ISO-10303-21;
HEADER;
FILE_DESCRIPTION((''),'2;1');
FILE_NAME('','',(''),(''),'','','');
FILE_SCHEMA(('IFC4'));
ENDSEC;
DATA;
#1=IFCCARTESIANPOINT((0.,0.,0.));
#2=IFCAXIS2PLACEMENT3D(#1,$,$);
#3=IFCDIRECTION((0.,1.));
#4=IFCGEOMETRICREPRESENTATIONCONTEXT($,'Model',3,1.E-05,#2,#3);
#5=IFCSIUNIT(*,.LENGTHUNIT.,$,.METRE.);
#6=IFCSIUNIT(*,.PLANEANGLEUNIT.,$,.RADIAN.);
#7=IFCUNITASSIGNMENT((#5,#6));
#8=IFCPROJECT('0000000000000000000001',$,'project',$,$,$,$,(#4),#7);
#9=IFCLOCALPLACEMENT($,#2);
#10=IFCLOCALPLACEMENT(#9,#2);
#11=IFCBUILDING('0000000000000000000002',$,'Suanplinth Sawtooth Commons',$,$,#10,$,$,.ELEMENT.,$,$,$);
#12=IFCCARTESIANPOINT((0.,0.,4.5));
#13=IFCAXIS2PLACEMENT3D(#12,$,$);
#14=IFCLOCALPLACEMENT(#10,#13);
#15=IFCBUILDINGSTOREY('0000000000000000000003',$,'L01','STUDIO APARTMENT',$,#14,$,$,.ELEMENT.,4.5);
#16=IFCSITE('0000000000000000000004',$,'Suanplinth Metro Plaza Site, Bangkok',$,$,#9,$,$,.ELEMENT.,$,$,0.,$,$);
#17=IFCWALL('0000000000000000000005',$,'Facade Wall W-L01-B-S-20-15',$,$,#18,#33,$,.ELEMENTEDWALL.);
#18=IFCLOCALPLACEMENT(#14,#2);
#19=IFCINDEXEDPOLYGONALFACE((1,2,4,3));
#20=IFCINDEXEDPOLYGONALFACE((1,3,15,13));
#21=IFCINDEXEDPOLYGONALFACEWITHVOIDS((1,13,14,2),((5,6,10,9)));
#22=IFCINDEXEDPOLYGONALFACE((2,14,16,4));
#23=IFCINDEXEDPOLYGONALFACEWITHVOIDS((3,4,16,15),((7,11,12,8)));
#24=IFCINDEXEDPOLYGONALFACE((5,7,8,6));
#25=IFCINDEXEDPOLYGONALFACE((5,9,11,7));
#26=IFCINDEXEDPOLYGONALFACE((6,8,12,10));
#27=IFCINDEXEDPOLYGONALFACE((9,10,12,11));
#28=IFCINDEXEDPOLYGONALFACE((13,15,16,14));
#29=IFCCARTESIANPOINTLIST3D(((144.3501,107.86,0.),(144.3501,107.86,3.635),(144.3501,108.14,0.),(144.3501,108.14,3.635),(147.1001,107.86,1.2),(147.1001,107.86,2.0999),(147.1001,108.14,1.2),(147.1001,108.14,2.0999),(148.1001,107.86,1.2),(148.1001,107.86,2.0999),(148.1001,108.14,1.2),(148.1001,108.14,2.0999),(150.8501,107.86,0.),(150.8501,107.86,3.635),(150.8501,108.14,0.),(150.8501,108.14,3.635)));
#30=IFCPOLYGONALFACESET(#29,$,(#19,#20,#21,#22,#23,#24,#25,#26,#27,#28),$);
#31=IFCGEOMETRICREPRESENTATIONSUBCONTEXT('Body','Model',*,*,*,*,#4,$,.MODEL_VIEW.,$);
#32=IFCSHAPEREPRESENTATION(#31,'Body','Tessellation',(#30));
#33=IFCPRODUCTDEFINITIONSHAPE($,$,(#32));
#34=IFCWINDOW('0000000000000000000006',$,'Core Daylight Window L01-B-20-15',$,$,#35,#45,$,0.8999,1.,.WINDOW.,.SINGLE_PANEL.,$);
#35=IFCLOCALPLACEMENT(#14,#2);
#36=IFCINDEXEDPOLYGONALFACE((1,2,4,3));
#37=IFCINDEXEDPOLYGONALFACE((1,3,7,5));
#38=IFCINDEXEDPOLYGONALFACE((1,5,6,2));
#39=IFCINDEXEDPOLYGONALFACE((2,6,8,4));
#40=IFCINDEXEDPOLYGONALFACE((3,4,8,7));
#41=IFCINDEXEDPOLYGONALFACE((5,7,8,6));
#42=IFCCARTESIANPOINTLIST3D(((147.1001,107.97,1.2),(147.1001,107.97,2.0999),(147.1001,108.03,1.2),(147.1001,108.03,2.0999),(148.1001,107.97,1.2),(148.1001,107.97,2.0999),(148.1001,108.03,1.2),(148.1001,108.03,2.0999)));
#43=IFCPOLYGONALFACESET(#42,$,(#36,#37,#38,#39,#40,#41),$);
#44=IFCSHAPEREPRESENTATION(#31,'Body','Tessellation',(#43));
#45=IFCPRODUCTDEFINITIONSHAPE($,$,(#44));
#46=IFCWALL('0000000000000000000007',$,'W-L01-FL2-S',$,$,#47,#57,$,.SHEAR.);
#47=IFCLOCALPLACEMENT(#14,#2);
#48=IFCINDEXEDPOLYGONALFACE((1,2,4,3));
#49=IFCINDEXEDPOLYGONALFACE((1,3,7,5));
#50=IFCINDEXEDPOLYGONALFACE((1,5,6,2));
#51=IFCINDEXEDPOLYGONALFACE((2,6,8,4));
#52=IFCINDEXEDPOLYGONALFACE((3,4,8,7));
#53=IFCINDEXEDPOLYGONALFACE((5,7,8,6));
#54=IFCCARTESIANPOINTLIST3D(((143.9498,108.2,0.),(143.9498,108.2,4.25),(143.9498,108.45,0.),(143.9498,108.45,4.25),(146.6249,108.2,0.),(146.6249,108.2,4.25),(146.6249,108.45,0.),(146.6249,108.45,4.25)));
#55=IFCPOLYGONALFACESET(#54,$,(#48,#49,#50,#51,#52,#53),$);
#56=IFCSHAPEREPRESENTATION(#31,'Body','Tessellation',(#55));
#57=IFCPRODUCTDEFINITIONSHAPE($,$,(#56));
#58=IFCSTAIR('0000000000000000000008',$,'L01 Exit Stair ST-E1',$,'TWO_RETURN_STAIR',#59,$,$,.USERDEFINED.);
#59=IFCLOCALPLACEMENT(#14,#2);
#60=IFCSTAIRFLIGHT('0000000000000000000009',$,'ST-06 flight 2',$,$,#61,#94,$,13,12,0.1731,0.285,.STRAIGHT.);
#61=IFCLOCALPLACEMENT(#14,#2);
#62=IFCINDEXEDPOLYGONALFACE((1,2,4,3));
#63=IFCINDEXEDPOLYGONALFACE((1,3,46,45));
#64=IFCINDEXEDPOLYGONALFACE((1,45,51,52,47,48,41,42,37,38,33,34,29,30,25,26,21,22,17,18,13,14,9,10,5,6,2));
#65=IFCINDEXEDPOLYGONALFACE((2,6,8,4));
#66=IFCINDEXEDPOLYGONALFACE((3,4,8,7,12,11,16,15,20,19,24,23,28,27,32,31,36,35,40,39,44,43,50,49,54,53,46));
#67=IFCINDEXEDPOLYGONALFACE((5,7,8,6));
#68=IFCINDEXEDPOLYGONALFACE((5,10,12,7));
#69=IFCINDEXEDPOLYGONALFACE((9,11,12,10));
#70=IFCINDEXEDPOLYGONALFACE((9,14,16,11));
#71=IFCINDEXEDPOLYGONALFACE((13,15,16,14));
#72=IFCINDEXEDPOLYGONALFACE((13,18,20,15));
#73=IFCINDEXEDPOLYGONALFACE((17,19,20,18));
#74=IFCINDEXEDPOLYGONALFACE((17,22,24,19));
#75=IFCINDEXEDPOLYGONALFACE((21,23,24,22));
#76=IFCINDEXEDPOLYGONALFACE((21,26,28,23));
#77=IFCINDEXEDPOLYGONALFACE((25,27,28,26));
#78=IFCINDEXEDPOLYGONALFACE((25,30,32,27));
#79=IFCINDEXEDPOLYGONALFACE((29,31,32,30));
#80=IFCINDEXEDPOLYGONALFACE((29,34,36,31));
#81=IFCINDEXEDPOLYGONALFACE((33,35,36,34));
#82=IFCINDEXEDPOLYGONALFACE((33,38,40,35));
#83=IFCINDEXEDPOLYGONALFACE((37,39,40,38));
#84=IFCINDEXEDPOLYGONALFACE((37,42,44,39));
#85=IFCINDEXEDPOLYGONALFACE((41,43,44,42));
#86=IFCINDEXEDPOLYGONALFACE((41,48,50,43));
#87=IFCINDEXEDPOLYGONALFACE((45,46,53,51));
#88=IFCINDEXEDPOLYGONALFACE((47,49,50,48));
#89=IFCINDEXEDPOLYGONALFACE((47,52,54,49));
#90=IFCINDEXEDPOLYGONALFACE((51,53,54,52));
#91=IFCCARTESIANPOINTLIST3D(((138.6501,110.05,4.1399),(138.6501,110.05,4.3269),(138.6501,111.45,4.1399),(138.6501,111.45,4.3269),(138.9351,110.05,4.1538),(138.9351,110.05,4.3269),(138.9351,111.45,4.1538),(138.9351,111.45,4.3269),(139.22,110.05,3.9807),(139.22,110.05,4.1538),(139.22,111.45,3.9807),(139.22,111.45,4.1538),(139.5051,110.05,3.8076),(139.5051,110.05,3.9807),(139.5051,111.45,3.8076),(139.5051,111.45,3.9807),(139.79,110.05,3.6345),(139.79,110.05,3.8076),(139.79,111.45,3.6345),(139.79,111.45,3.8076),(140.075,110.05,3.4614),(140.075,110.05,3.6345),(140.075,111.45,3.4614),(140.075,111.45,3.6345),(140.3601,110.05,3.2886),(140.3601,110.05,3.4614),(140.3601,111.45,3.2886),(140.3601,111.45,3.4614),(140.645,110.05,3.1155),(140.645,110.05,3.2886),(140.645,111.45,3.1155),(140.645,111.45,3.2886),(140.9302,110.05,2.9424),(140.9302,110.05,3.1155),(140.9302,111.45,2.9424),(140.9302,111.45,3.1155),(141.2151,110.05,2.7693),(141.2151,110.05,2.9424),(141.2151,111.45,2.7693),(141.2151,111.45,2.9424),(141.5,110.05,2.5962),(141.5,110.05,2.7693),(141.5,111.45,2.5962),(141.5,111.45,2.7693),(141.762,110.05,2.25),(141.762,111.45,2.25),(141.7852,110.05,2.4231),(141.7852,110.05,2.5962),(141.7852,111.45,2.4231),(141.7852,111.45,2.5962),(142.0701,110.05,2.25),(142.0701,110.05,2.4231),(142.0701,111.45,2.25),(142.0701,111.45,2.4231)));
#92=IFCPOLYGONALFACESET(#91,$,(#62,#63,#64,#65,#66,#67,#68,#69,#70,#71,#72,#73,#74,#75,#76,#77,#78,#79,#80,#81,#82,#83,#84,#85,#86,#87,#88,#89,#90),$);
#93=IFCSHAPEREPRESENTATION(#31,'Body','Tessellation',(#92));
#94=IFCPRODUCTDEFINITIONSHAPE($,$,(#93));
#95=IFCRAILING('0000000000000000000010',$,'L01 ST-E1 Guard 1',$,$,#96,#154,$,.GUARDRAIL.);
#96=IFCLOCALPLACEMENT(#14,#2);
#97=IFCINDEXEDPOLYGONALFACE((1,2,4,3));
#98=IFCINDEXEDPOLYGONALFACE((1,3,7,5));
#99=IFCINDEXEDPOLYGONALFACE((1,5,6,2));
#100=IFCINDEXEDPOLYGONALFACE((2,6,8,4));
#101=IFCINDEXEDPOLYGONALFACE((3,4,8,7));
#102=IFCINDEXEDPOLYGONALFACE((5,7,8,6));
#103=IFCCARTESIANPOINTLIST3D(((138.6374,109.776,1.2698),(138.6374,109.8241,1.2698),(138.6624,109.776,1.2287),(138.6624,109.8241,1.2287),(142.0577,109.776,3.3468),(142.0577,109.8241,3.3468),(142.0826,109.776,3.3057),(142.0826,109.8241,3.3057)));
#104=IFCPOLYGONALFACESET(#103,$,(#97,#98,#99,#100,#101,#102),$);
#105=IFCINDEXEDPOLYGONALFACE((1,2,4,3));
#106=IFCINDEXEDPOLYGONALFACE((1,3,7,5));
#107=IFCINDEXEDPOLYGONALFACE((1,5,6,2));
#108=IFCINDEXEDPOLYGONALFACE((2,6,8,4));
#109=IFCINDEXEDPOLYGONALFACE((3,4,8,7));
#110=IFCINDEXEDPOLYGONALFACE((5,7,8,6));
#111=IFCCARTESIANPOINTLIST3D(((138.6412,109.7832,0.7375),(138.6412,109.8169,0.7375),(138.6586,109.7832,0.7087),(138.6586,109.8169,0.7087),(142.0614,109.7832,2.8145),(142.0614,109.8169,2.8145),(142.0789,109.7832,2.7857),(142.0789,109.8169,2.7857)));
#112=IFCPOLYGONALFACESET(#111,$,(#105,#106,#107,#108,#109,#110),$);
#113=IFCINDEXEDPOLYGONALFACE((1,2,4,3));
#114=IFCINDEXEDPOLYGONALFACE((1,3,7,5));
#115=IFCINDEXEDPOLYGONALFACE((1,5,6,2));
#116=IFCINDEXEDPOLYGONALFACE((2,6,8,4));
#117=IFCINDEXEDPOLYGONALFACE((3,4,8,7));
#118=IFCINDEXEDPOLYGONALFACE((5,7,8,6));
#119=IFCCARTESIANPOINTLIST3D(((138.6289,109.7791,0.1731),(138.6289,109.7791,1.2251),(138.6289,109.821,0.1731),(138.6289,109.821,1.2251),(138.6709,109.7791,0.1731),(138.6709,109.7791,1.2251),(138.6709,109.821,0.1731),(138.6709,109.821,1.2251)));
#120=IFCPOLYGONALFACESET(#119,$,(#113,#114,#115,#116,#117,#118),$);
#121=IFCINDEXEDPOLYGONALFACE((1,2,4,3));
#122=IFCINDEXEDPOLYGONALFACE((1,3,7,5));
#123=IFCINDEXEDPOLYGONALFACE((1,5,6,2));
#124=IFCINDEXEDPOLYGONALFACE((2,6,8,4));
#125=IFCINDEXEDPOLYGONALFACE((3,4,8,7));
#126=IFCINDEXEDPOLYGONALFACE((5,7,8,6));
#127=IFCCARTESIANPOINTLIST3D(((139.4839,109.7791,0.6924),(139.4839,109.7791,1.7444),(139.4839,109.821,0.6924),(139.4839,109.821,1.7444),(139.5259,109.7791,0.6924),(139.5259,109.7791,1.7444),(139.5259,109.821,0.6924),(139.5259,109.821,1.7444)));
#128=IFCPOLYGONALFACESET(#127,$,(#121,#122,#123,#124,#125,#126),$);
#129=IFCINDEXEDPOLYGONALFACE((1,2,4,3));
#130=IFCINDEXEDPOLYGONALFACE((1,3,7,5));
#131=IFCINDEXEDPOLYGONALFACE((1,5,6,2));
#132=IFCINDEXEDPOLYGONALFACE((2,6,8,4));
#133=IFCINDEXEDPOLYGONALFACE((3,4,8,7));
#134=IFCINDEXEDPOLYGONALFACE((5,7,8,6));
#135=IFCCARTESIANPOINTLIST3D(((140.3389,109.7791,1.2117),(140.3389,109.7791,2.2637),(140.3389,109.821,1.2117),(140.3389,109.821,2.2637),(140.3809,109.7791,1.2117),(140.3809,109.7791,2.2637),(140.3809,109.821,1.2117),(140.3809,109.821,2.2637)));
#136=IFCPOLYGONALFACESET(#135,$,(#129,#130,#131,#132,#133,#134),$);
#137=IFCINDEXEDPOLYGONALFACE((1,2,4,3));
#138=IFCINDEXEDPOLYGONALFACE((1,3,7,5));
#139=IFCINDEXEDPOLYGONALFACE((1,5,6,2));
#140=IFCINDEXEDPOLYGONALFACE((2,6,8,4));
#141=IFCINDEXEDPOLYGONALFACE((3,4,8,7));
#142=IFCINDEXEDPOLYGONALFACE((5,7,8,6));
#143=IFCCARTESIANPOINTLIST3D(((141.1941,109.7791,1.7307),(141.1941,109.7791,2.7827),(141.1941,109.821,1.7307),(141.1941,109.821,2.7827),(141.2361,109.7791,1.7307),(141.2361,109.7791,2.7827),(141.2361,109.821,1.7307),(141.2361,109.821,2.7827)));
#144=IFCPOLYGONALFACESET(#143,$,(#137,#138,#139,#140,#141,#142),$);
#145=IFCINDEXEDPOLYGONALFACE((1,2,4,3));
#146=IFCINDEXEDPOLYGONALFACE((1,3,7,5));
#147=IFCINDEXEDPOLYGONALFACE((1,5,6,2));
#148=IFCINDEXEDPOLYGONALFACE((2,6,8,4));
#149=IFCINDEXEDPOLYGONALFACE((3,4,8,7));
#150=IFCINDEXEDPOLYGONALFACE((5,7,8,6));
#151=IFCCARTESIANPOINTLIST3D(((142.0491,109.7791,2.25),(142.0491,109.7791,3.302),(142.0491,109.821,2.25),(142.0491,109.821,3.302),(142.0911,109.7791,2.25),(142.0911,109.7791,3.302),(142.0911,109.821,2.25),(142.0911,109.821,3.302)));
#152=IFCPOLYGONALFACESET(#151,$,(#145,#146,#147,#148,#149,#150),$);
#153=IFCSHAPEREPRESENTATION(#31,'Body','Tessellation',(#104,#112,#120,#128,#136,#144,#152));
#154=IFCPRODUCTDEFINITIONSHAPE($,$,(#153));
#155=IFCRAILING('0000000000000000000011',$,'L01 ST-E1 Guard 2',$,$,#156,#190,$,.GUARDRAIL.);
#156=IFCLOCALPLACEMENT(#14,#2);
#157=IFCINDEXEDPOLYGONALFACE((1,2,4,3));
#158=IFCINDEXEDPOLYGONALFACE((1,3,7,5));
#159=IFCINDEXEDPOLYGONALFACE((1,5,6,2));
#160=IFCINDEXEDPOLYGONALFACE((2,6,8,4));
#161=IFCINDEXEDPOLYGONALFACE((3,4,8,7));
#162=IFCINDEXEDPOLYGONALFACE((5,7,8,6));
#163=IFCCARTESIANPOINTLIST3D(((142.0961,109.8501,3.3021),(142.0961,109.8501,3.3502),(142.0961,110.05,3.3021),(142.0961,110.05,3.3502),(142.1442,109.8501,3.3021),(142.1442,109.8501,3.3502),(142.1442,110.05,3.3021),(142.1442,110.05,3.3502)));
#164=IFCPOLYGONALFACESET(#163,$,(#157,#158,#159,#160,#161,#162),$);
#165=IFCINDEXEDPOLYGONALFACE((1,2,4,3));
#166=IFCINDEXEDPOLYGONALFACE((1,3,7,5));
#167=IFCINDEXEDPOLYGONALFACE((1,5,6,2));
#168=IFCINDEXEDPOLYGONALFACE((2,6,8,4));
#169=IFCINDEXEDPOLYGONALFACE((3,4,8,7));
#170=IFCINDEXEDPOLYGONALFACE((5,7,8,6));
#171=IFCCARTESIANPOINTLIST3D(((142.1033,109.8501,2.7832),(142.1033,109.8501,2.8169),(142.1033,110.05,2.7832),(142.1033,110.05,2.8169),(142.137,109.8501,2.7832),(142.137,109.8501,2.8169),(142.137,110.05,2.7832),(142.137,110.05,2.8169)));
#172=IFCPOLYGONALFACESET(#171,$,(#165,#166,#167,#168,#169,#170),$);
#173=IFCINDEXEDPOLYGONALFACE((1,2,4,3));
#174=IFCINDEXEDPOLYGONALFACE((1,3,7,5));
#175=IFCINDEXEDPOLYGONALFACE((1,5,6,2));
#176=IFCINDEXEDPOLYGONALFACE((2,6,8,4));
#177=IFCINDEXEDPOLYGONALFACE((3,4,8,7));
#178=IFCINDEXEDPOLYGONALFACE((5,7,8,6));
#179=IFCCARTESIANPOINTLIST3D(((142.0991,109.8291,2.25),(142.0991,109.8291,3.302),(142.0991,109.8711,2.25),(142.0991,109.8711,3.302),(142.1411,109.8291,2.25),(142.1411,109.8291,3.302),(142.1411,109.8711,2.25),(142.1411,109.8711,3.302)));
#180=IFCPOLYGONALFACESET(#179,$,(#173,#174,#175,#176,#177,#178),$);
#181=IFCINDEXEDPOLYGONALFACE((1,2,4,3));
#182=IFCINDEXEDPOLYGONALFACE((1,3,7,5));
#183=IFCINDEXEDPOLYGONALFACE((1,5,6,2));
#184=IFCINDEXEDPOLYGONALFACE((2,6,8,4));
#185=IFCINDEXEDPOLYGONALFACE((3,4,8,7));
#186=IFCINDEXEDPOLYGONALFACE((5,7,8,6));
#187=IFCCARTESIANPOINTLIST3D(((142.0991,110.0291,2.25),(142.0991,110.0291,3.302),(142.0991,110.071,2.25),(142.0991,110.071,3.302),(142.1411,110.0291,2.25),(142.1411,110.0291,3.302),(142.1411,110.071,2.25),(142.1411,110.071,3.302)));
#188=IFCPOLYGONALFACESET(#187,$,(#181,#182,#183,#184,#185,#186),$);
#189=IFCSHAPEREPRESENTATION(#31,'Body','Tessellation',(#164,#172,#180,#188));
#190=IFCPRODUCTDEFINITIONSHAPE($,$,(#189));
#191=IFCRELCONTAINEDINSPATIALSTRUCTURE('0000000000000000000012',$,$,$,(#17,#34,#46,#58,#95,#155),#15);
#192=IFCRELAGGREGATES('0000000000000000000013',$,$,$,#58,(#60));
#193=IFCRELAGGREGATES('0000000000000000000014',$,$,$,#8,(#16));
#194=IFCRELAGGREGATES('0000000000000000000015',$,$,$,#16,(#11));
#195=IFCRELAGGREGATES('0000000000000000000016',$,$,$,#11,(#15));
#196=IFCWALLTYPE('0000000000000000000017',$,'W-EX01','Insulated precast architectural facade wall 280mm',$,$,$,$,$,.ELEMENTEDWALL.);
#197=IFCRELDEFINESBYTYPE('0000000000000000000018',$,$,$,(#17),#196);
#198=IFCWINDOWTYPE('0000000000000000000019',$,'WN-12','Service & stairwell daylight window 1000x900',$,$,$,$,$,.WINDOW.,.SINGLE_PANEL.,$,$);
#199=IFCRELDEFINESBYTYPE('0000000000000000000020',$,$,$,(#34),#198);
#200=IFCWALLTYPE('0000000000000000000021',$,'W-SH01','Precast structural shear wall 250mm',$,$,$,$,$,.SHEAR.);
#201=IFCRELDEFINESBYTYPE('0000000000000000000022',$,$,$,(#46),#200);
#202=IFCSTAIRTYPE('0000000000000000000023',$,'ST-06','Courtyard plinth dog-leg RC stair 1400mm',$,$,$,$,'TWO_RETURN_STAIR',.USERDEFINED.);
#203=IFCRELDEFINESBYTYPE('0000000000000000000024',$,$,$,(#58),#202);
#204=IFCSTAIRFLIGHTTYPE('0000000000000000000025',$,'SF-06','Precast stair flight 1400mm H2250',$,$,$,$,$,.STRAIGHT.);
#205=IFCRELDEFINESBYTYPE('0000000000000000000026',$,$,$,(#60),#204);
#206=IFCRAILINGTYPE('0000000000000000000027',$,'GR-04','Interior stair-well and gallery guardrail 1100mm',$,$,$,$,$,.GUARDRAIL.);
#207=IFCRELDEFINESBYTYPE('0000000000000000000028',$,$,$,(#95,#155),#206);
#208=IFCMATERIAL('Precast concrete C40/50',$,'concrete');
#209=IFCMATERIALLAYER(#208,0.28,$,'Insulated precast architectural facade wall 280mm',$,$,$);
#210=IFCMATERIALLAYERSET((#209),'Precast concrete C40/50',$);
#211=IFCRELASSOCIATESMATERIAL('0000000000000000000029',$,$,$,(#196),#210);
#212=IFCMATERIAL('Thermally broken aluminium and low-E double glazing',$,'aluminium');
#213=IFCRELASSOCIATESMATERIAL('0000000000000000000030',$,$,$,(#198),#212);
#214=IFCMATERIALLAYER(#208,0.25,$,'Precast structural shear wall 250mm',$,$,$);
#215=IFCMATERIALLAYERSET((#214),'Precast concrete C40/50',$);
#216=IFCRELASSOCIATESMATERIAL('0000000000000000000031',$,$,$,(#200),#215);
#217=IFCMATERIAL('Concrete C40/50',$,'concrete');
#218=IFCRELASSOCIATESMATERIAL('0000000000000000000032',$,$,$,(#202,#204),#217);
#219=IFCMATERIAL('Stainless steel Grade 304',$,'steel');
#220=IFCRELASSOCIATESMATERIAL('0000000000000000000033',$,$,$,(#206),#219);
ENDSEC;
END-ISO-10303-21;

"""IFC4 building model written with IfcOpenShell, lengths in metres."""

from ifc_helpers import new_model, si_unit, direction, frame, frame_2d, origin, origin_2d, place, context, subcontext, project, spatial, polyline, rectangle, outline, extrude, material, layer, layer_set, type_object, element, fill, aggregate, save


model = new_model("IFC4")

# Units and contexts
model_context = context("Model", 3, precision=1e-05, world=origin(), true_north=direction((0.0, 1.0)))
body_context = subcontext(model_context, "Body", "Model", "MODEL_VIEW")
ifc_project = project(units=[si_unit("LENGTHUNIT", "METRE"), si_unit("PLANEANGLEUNIT", "RADIAN")], contexts=[model_context])

# Site, building, storey
site_placement = place(None, origin())
site = spatial("IfcSite", under=ifc_project, at=site_placement, Name="Suanplinth Metro Plaza Site, Bangkok", CompositionType="ELEMENT", RefElevation=0.0)
building_placement = place(site_placement, origin())
building = spatial("IfcBuilding", under=site, at=building_placement, Name="Suanplinth Sawtooth Commons", CompositionType="ELEMENT")
storey_placement = place(building_placement, frame((0.0, 0.0, 4.5)))
storey = spatial("IfcBuildingStorey", under=building, at=storey_placement, Name="L01", Description="STUDIO APARTMENT", CompositionType="ELEMENT", Elevation=4.5)

# Shared definitions
ifc_material_1 = material(Name="Concrete C40/50", Category="concrete")

# Shared definitions
ifc_material_2 = material(Name="Precast concrete C40/50", Category="concrete")

# Wall, opening, window
ifc_layer_1 = layer(ifc_material_2, 0.28, Name="Insulated precast architectural facade wall 280mm")
ifc_layer_set_1 = layer_set([ifc_layer_1], Name="Precast concrete C40/50")
wall_type_1 = type_object("IfcWallType", Name="W-EX01", Description="Insulated precast architectural facade wall 280mm", PredefinedType="ELEMENTEDWALL", material=ifc_layer_set_1)
wall_1_placement = place(storey_placement, frame((144.3501, 108.0, 0.0), z_axis=(0.0, 0.0, 1.0), x_axis=(1.0, 0.0, 0.0)))
wall_1 = element("IfcWall", 1, at=wall_1_placement, inside=storey, type_object=wall_type_1, Name="Facade Wall W-L01-B-S-20-15", PredefinedType="ELEMENTEDWALL", context=body_context, shape_type="SweptSolid", body=[
    extrude(rectangle(XDim=6.5, YDim=0.28, at=frame_2d((3.25, 0.0))), origin(), (0.0, 0.0, 1.0), 3.635),
])
opening_placement = place(wall_1_placement, frame((2.75, 0.0, 1.2)))
opening = element("IfcOpeningElement", 2, at=opening_placement, cuts=wall_1, PredefinedType="OPENING", context=body_context, shape_type="SweptSolid", body=[
    extrude(rectangle(XDim=1.0, YDim=0.8999, at=frame_2d((0.5, 0.45))), frame((0.0, 0.1548, 0.0), z_axis=(0.0, -1.0, 0.0), x_axis=(1.0, 0.0, 0.0)), (0.0, 0.0, 1.0), 0.3098),
])
ifc_material_3 = material(Name="Thermally broken aluminium and low-E double glazing", Category="aluminium")
window_type = type_object("IfcWindowType", Name="WN-12", Description="Service & stairwell daylight window 1000x900", PartitioningType="SINGLE_PANEL", PredefinedType="WINDOW", material=ifc_material_3)
window_placement = place(opening_placement, origin())
window = element("IfcWindow", 3, at=window_placement, inside=storey, type_object=window_type, Name="Core Daylight Window L01-B-20-15", OverallHeight=0.8999, OverallWidth=1.0, PartitioningType="SINGLE_PANEL", PredefinedType="WINDOW", context=body_context, shape_type="SweptSolid", body=[
    extrude(rectangle(XDim=1.0, YDim=0.8999, at=frame_2d((0.5, 0.45))), frame((0.0, 0.03, 0.0), z_axis=(0.0, -1.0, 0.0), x_axis=(1.0, 0.0, 0.0)), (0.0, 0.0, 1.0), 0.0601),
])
fill(opening, window)

# Wall
ifc_layer_2 = layer(ifc_material_2, 0.25, Name="Precast structural shear wall 250mm")
ifc_layer_set_2 = layer_set([ifc_layer_2], Name="Precast concrete C40/50")
wall_type_2 = type_object("IfcWallType", Name="W-SH01", Description="Precast structural shear wall 250mm", PredefinedType="SHEAR", material=ifc_layer_set_2)
wall_2_placement = place(storey_placement, frame((143.95, 108.325, 0.0), z_axis=(0.0, 0.0, 1.0), x_axis=(1.0, 0.0, 0.0)))
element("IfcWall", 4, at=wall_2_placement, inside=storey, type_object=wall_type_2, Name="W-L01-FL2-S", PredefinedType="SHEAR", context=body_context, shape_type="SweptSolid", body=[
    extrude(rectangle(XDim=2.675, YDim=0.25, at=frame_2d((1.3374, 0.0))), origin(), (0.0, 0.0, 1.0), 4.25),
])

# Stair, stair flight
stair_type = type_object("IfcStairType", Name="ST-06", Description="Courtyard plinth dog-leg RC stair 1400mm", ElementType="TWO_RETURN_STAIR", PredefinedType="USERDEFINED", material=ifc_material_1)
stair_placement = place(storey_placement, origin())
stair = element("IfcStair", 5, at=stair_placement, inside=storey, type_object=stair_type, Name="L01 Exit Stair ST-E1", ObjectType="TWO_RETURN_STAIR", PredefinedType="USERDEFINED")
stair_flight_type = type_object("IfcStairFlightType", Name="SF-06", Description="Precast stair flight 1400mm H2250", PredefinedType="STRAIGHT", material=ifc_material_1)
stair_flight_placement = place(storey_placement, frame((142.0701, 110.75, 2.25), z_axis=(0.0, 0.0, 1.0), x_axis=(-1.0, 0.0, 0.0)))
stair_flight = element("IfcStairFlight", 6, at=stair_flight_placement, type_object=stair_flight_type, Name="ST-06 flight 2", NumberOfRisers=13, NumberOfTreads=12, PredefinedType="STRAIGHT", RiserHeight=0.1731, TreadLength=0.285, context=body_context, shape_type="SweptSolid", body=[
    extrude(outline(polyline([(0.0, 0.0), (0.0, 0.1731), (0.2849, 0.1731), (0.2849, 0.3462), (0.5701, 0.3462), (0.5701, 0.5193), (0.855, 0.5193), (0.855, 0.6924), (1.1399, 0.6924), (1.1399, 0.8655), (1.425, 0.8655), (1.425, 1.0386), (1.71, 1.0386), (1.71, 1.2114), (1.9951, 1.2114), (1.9951, 1.3845), (2.28, 1.3845), (2.28, 1.5576), (2.5649, 1.5576), (2.5649, 1.7307), (2.8501, 1.7307), (2.8501, 1.9038), (3.135, 1.9038), (3.135, 2.0769), (3.4199, 2.0769), (3.4199, 2.25), (3.4199, 1.8899), (0.3081, 0.0), (0.0, 0.0)])), frame((0.0, 0.7, 0.0), z_axis=(0.0, -1.0, 0.0), x_axis=(1.0, 0.0, 0.0)), (0.0, 0.0, 1.0), 1.3999),
])
aggregate(stair, [stair_flight])

# Railings
ifc_material_4 = material(Name="Stainless steel Grade 304", Category="steel")
railing_type = type_object("IfcRailingType", Name="GR-04", Description="Interior stair-well and gallery guardrail 1100mm", PredefinedType="GUARDRAIL", material=ifc_material_4)
railing_1_placement = place(storey_placement, frame((138.6499, 109.8, 0.1731)))
element("IfcRailing", 7, at=railing_1_placement, inside=storey, type_object=railing_type, Name="L01 ST-E1 Guard 1", PredefinedType="GUARDRAIL", context=body_context, shape_type="SweptSolid", body=[
    extrude(rectangle(XDim=0.0481, YDim=0.0481, at=origin_2d()), frame((0.0, 0.0, 1.0762), z_axis=(0.854746, 0.0, 0.519047), x_axis=(0.0, 1.0, 0.0)), (0.0, 0.0, 1.0), 4.0015),
    extrude(rectangle(XDim=0.0337, YDim=0.0337, at=origin_2d()), frame((0.0, 0.0, 0.55), z_axis=(0.854746, 0.0, 0.519047), x_axis=(0.0, 1.0, 0.0)), (0.0, 0.0, 1.0), 4.0015),
    extrude(rectangle(XDim=0.042, YDim=0.042, at=origin_2d()), origin(), (0.0, 0.0, 1.0), 1.052),
    extrude(rectangle(XDim=0.042, YDim=0.042, at=origin_2d()), frame((0.855, 0.0, 0.5193)), (0.0, 0.0, 1.0), 1.052),
    extrude(rectangle(XDim=0.042, YDim=0.042, at=origin_2d()), frame((1.71, 0.0, 1.0386)), (0.0, 0.0, 1.0), 1.052),
    extrude(rectangle(XDim=0.042, YDim=0.042, at=origin_2d()), frame((2.5652, 0.0, 1.5576)), (0.0, 0.0, 1.0), 1.052),
    extrude(rectangle(XDim=0.042, YDim=0.042, at=origin_2d()), frame((3.4202, 0.0, 2.0769)), (0.0, 0.0, 1.0), 1.052),
])
railing_2_placement = place(storey_placement, frame((142.1201, 109.8501, 2.25)))
element("IfcRailing", 8, at=railing_2_placement, inside=storey, type_object=railing_type, Name="L01 ST-E1 Guard 2", PredefinedType="GUARDRAIL", context=body_context, shape_type="SweptSolid", body=[
    extrude(rectangle(XDim=0.0481, YDim=0.0481, at=origin_2d()), frame((0.0, 0.0, 1.0762), z_axis=(0.0, 1.0, 0.0), x_axis=(-1.0, 0.0, 0.0)), (0.0, 0.0, 1.0), 0.2),
    extrude(rectangle(XDim=0.0337, YDim=0.0337, at=origin_2d()), frame((0.0, 0.0, 0.55), z_axis=(0.0, 1.0, 0.0), x_axis=(-1.0, 0.0, 0.0)), (0.0, 0.0, 1.0), 0.2),
    extrude(rectangle(XDim=0.042, YDim=0.042, at=origin_2d()), origin(), (0.0, 0.0, 1.0), 1.052),
    extrude(rectangle(XDim=0.042, YDim=0.042, at=origin_2d()), frame((0.0, 0.2, 0.0)), (0.0, 0.0, 1.0), 1.052),
])

save(model, "model.ifc")
